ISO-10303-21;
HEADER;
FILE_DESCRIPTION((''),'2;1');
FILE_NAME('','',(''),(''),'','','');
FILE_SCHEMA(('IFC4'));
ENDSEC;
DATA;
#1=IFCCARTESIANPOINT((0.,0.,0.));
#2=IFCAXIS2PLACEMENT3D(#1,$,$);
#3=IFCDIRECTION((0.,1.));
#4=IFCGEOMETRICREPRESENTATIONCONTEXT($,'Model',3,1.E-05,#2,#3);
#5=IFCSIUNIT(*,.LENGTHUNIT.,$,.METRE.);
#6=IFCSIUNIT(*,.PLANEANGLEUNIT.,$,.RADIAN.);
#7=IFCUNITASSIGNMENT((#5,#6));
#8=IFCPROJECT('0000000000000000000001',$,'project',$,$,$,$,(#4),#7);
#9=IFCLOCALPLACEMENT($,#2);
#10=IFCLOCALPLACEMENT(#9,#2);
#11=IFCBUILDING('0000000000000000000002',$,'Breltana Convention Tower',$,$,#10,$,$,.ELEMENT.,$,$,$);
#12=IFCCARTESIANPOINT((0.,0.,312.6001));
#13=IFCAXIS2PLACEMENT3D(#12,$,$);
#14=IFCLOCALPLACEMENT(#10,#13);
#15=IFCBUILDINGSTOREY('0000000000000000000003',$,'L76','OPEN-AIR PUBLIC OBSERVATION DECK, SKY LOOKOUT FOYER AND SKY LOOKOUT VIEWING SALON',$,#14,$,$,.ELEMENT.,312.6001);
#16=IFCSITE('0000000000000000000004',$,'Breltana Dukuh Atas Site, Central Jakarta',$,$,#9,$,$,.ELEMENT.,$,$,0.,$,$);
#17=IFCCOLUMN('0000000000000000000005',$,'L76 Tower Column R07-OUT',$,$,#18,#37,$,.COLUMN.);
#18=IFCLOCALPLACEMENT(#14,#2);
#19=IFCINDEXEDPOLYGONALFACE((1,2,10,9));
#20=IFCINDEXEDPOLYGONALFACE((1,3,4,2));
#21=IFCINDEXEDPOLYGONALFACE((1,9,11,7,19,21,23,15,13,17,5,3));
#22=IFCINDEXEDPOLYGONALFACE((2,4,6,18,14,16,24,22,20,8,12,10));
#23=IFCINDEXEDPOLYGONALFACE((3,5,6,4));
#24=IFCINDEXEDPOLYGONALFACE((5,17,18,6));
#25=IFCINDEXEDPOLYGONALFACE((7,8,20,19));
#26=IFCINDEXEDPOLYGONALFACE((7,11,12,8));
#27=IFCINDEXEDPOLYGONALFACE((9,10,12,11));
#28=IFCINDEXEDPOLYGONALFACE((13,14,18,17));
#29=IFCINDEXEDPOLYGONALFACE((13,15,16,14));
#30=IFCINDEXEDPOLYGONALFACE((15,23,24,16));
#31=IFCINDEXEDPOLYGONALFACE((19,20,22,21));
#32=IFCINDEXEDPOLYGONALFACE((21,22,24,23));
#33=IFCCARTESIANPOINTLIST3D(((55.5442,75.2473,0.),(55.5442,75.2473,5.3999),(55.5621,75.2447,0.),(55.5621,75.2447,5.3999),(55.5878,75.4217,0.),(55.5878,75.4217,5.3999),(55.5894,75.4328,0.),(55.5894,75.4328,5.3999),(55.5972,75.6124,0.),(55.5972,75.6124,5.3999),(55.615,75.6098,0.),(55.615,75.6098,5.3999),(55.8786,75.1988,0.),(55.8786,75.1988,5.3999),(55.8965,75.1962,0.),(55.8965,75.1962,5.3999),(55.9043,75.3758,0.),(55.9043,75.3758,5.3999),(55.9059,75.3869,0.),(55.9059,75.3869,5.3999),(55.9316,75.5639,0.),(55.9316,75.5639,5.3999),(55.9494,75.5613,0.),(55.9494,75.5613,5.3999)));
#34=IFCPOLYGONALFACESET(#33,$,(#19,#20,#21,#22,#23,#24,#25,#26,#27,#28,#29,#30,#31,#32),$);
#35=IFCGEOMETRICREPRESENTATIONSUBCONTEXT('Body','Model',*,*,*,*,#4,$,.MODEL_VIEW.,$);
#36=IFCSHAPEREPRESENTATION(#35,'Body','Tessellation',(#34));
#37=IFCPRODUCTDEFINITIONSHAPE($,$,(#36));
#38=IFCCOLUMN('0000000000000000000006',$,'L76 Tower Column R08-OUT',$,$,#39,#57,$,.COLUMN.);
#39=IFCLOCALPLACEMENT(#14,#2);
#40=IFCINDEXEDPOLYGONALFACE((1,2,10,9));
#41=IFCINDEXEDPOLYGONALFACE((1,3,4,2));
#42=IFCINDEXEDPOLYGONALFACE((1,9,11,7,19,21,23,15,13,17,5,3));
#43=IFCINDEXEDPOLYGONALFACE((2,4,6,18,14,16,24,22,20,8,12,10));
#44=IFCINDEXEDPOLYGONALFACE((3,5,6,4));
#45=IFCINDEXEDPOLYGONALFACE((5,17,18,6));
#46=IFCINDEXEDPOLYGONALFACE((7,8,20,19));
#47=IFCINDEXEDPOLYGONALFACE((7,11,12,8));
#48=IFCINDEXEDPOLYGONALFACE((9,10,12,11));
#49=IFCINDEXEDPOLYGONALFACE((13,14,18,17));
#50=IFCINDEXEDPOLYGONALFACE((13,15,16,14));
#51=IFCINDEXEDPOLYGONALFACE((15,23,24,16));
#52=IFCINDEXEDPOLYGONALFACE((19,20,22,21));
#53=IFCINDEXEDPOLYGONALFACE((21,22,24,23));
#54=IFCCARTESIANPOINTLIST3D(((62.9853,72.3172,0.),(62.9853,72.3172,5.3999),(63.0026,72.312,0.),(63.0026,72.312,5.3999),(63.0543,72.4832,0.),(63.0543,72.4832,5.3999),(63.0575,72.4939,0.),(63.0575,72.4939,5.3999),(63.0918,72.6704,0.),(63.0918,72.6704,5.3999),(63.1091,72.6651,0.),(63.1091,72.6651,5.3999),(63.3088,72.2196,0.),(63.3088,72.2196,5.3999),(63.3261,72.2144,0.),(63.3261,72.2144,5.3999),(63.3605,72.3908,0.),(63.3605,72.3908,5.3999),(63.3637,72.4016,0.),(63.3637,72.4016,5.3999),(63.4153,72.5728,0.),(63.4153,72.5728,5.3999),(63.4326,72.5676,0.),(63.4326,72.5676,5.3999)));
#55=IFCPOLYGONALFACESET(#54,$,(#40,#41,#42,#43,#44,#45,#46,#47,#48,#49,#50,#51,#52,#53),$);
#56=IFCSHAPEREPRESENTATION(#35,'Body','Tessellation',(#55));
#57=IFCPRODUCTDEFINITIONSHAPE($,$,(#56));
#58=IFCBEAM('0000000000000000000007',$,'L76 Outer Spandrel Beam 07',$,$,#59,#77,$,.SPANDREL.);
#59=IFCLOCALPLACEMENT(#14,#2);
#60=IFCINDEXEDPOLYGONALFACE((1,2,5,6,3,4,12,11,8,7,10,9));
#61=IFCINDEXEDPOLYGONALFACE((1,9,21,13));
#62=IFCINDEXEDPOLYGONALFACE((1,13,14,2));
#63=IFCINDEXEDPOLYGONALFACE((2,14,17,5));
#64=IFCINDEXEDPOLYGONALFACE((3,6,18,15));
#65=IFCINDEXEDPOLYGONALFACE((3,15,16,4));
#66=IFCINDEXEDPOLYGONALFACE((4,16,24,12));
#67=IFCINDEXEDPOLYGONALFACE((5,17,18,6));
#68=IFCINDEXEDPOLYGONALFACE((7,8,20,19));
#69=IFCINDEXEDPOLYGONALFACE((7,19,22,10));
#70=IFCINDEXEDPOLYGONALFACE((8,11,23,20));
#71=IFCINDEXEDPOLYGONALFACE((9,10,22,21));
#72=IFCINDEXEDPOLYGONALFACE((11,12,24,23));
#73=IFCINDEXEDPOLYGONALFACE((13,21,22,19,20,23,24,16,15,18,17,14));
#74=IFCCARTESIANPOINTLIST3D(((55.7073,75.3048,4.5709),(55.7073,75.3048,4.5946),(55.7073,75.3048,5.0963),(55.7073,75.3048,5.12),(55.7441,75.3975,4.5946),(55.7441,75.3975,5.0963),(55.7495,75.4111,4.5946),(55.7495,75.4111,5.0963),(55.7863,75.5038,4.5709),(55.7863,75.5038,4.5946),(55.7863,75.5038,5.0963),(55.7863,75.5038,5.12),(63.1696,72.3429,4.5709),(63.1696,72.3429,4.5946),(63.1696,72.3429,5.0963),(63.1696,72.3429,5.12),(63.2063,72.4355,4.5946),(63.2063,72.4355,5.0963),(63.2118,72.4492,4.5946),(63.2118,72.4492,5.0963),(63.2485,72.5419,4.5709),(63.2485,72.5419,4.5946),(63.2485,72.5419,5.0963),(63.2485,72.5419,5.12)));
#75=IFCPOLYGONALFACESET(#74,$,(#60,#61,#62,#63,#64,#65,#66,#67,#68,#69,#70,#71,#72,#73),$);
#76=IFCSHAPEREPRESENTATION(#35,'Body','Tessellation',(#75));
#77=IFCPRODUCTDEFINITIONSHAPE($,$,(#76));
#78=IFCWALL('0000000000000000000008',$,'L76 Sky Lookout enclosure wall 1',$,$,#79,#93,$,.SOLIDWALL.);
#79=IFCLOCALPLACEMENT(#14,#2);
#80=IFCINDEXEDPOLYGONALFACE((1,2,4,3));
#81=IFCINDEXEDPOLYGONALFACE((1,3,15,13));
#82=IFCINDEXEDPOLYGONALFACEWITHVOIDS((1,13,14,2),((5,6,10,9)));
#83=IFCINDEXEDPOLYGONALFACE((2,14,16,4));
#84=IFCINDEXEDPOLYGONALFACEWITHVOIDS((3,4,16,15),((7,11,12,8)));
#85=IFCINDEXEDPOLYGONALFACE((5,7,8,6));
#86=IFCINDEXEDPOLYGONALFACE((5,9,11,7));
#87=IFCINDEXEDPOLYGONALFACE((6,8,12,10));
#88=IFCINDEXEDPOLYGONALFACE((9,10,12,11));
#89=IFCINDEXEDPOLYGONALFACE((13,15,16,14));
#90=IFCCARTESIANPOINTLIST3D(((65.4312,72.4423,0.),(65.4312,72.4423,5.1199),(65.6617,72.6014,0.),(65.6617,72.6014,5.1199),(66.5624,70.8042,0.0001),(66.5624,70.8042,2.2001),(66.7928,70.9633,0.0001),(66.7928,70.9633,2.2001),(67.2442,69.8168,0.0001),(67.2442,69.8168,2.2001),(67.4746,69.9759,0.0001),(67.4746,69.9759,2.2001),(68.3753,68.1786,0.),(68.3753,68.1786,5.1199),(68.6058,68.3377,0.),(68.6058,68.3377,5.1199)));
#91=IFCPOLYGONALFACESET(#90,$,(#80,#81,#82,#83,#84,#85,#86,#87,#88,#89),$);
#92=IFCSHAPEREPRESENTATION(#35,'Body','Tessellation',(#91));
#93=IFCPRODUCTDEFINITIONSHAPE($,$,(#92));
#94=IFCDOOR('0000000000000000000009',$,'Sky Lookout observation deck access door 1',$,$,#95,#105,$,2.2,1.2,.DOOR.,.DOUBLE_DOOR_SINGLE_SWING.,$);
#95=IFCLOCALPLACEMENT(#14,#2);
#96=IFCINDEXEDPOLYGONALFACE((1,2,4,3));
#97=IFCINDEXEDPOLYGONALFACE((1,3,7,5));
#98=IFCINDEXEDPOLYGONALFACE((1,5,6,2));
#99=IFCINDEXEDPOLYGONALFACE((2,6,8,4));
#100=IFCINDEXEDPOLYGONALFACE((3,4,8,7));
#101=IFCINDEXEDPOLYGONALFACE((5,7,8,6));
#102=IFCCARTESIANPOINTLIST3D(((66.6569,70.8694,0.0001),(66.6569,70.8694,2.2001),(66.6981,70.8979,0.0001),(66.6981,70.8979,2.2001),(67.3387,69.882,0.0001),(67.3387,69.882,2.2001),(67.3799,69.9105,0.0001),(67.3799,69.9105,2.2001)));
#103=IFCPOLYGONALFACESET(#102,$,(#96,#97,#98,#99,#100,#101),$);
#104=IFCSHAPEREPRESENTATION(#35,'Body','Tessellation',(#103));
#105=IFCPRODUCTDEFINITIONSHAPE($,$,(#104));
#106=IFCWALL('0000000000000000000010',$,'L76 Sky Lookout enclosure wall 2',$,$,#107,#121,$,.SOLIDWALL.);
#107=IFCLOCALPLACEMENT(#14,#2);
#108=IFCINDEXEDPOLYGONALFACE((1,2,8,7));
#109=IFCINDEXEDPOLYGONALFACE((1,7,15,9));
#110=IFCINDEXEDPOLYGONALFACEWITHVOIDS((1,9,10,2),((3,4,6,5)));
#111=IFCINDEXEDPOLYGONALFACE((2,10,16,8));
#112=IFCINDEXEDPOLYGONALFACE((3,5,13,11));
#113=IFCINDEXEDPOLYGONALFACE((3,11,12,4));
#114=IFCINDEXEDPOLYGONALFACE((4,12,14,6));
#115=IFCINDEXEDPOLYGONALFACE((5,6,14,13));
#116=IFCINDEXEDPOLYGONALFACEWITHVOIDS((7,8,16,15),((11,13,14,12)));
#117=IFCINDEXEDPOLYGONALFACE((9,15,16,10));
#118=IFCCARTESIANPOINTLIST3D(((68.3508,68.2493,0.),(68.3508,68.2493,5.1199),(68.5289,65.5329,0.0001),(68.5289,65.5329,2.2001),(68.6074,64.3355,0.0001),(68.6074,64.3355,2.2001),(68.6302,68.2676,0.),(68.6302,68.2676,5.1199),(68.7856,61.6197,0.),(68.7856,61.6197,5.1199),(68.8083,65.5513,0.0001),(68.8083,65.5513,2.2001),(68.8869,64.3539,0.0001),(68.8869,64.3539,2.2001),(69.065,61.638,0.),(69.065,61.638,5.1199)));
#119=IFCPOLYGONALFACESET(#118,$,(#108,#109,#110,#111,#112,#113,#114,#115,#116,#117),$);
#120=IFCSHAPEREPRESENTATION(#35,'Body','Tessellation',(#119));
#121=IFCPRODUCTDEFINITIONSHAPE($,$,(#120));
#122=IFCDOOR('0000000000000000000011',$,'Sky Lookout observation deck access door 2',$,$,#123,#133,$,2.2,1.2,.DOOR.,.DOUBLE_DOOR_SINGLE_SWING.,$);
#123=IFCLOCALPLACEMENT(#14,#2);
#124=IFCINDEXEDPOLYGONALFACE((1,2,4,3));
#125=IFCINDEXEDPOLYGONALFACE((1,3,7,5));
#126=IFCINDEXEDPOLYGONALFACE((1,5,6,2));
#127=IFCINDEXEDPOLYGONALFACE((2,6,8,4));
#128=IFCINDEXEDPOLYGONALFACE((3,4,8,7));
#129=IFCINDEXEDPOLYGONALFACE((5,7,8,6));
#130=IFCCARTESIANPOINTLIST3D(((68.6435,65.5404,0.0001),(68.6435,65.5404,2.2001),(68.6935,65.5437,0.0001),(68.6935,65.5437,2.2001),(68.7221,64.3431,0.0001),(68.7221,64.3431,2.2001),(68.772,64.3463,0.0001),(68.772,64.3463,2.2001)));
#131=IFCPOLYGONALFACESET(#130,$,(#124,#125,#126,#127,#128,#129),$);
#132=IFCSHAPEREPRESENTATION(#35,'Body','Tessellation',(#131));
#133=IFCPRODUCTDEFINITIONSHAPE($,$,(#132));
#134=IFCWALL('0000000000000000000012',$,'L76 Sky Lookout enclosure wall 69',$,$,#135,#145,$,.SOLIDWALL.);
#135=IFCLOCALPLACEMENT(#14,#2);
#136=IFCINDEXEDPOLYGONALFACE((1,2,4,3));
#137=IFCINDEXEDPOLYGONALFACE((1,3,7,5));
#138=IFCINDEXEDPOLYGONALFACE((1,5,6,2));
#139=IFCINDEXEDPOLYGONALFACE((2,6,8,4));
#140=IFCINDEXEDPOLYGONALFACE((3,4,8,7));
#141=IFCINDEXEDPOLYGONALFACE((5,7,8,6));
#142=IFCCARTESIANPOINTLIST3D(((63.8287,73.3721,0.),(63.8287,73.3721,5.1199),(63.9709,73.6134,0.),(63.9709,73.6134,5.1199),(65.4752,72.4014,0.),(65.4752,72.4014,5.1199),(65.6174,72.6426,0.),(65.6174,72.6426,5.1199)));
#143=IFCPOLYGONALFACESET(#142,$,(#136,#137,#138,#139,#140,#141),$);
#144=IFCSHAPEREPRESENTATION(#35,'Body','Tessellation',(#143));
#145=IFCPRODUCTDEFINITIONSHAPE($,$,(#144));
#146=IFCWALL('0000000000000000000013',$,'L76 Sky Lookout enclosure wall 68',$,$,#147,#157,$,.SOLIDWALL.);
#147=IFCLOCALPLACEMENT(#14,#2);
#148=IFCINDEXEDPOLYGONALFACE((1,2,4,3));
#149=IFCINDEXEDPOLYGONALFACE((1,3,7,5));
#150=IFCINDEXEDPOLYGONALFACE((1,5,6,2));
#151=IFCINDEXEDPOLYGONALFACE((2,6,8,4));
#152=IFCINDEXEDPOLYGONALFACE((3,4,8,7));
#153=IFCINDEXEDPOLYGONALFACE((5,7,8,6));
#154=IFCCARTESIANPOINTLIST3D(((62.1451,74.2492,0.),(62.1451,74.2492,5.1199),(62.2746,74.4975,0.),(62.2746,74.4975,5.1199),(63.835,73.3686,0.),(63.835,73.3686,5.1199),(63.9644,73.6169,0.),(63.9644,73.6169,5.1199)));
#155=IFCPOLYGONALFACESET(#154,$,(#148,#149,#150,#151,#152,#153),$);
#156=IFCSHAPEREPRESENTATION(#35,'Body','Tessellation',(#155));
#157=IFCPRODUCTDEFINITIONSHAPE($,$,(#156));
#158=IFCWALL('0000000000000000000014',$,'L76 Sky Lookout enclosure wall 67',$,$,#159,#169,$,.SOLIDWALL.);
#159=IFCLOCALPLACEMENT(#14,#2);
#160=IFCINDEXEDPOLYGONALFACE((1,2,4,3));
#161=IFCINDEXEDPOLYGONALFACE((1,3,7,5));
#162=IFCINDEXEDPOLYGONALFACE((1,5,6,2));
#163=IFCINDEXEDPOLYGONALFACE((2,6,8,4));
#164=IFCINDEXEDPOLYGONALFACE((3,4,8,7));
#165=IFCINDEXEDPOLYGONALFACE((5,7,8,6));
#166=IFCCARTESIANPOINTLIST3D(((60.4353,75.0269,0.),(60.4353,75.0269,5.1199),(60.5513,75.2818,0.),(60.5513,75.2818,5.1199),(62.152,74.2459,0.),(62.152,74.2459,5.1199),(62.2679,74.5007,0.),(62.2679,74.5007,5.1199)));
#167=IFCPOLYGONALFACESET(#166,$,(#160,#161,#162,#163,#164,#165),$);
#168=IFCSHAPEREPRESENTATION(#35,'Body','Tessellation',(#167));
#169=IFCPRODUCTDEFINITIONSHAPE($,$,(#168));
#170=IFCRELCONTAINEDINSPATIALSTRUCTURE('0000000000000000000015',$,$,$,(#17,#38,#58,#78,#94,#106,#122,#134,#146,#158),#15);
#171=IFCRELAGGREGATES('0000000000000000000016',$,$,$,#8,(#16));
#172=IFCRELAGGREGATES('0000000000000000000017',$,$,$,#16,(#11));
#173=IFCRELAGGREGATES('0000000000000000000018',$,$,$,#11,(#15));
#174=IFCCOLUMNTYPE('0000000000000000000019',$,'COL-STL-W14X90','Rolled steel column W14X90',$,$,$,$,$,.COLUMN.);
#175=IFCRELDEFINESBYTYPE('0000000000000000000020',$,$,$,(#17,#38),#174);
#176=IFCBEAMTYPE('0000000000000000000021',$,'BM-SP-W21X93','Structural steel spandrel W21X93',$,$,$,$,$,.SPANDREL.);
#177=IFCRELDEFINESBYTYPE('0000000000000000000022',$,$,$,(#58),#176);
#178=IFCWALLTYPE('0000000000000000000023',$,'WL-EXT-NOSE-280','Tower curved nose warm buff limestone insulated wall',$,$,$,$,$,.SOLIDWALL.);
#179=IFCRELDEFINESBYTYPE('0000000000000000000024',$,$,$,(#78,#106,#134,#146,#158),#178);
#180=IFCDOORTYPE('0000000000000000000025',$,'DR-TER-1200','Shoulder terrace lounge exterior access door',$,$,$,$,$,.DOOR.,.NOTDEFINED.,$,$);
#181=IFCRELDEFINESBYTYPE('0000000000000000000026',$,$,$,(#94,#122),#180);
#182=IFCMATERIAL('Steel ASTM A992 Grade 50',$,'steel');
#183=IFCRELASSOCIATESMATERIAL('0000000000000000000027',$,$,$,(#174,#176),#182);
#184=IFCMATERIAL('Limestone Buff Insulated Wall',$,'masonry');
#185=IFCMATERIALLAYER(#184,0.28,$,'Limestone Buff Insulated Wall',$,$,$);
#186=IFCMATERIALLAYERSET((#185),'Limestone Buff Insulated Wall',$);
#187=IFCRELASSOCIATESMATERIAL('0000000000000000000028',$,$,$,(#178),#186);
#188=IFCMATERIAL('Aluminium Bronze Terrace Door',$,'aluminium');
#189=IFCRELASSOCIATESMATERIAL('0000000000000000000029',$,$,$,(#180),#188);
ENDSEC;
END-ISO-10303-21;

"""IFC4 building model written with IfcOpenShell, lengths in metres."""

from ifc_helpers import new_model, si_unit, direction, frame, frame_2d, origin, origin_2d, place, context, subcontext, project, spatial, rectangle, i_section, extrude, source, transform, mapped, material, layer, layer_set, material_profile, profile_set, type_object, type_shapes, element, fill, save


model = new_model("IFC4")

# Units and contexts
model_context = context("Model", 3, precision=1e-05, world=origin(), true_north=direction((0.0, 1.0)))
body_context = subcontext(model_context, "Body", "Model", "MODEL_VIEW")
ifc_project = project(units=[si_unit("LENGTHUNIT", "METRE"), si_unit("PLANEANGLEUNIT", "RADIAN")], contexts=[model_context])

# Site, building, storey
site_placement = place(None, origin())
site = spatial("IfcSite", under=ifc_project, at=site_placement, Name="Breltana Dukuh Atas Site, Central Jakarta", CompositionType="ELEMENT", RefElevation=0.0)
building_placement = place(site_placement, origin())
building = spatial("IfcBuilding", under=site, at=building_placement, Name="Breltana Convention Tower", CompositionType="ELEMENT")
storey_placement = place(building_placement, frame((0.0, 0.0, 312.6001)))
storey = spatial("IfcBuildingStorey", under=building, at=storey_placement, Name="L76", Description="OPEN-AIR PUBLIC OBSERVATION DECK, SKY LOOKOUT FOYER AND SKY LOOKOUT VIEWING SALON", CompositionType="ELEMENT", Elevation=312.6001)

# Columns
ifc_material_1 = material(Name="Steel ASTM A992 Grade 50", Category="steel")
ifc_material_profile_1 = material_profile(ifc_material_1, i_section(OverallWidth=0.3689, OverallDepth=0.356, WebThickness=0.0112, FlangeThickness=0.0181, at=origin_2d()), Name="W14X90")
ifc_profile_set_1 = profile_set([ifc_material_profile_1], Name="Steel ASTM A992 Grade 50")
column_type = type_object("IfcColumnType", Name="COL-STL-W14X90", Description="Rolled steel column W14X90", PredefinedType="COLUMN", material=ifc_profile_set_1)
shared_shape_1 = source(origin(), body_context, "Body", "SweptSolid", [
    extrude(i_section(OverallWidth=0.3689, OverallDepth=0.356, WebThickness=0.0112, FlangeThickness=0.0181, at=origin_2d()), origin(), (0.0, 0.0, 1.0), 5.3999),
])
for number, where, z_axis, x_axis, name in (
    (1, (55.7468, 75.4043, 0.0), (0.0, 0.0, 1.0), (0.143493, 0.989651, 0.0), "L76 Tower Column R07-OUT"),
    (2, (63.209, 72.4424, 0.0), (0.0, 0.0, 1.0), (0.288698, 0.95742, 0.0), "L76 Tower Column R08-OUT"),
):
    element("IfcColumn", number, at=place(storey_placement, frame(where, z_axis=z_axis, x_axis=x_axis)), inside=storey, type_object=column_type, Name=name, PredefinedType="COLUMN", context=body_context, shape_type="MappedRepresentation", body=[
        mapped(shared_shape_1, transform((0.0, 0.0, 0.0), scale=1.0)),
    ])

# Beam
ifc_material_profile_2 = material_profile(ifc_material_1, i_section(OverallWidth=0.2141, OverallDepth=0.5491, WebThickness=0.0146, FlangeThickness=0.0237, at=origin_2d()), Name="W21X93")
ifc_profile_set_2 = profile_set([ifc_material_profile_2], Name="Steel ASTM A992 Grade 50")
beam_type = type_object("IfcBeamType", Name="BM-SP-W21X93", Description="Structural steel spandrel W21X93", PredefinedType="SPANDREL", material=ifc_profile_set_2)
shared_shape_2 = source(origin(), body_context, "Body", "SweptSolid", [
    extrude(i_section(OverallWidth=0.2141, OverallDepth=0.5491, WebThickness=0.0146, FlangeThickness=0.0237, at=origin_2d()), origin(), (0.0, 0.0, 1.0), 8.0286),
])
beam_placement = place(storey_placement, frame((55.7468, 75.4043, 4.8455), z_axis=(0.929459, -0.368925, 0.0), x_axis=(0.368925, 0.929459, 0.0)))
element("IfcBeam", 3, at=beam_placement, inside=storey, type_object=beam_type, Name="L76 Outer Spandrel Beam 07", PredefinedType="SPANDREL", context=body_context, shape_type="MappedRepresentation", body=[
    mapped(shared_shape_2, transform((0.0, 0.0, 0.0), scale=1.0)),
])

# Walls, openings, doors
ifc_material_2 = material(Name="Limestone Buff Insulated Wall", Category="masonry")
ifc_layer_1 = layer(ifc_material_2, 0.28, Name="Limestone Buff Insulated Wall")
ifc_layer_set_1 = layer_set([ifc_layer_1], Name="Limestone Buff Insulated Wall")
wall_type_1 = type_object("IfcWallType", Name="WL-EXT-NOSE-280", Description="Tower curved nose warm buff limestone insulated wall", PredefinedType="SOLIDWALL", material=ifc_layer_set_1)
shared_shape_3 = source(origin(), body_context, "Body", "SweptSolid", [
    extrude(rectangle(XDim=5.1814, YDim=0.28, at=frame_2d((2.5908, 0.0))), origin(), (0.0, 0.0, 1.0), 5.1199),
])
wall_1_placement = place(storey_placement, frame((65.5464, 72.522, 0.0), z_axis=(0.0, 0.0, 1.0), x_axis=(0.568207, -0.822885, 0.0)))
wall_1 = element("IfcWall", 4, at=wall_1_placement, inside=storey, type_object=wall_type_1, Name="L76 Sky Lookout enclosure wall 1", PredefinedType="SOLIDWALL", context=body_context, shape_type="MappedRepresentation", body=[
    mapped(shared_shape_3, transform((0.0, 0.0, 0.0), scale=1.0)),
])
opening_1_placement = place(wall_1_placement, frame((1.9907, 0.0, 0.0)))
opening_1 = element("IfcOpeningElement", 5, at=opening_1_placement, cuts=wall_1, PredefinedType="OPENING", context=body_context, shape_type="SweptSolid", body=[
    extrude(rectangle(XDim=1.2, YDim=2.2, at=frame_2d((0.6001, 1.1001))), frame((0.0, 0.1499, 0.0), z_axis=(0.0, -1.0, 0.0), x_axis=(1.0, 0.0, 0.0)), (0.0, 0.0, 1.0), 0.3),
])
ifc_material_3 = material(Name="Aluminium Bronze Terrace Door", Category="aluminium")
door_type = type_object("IfcDoorType", Name="DR-TER-1200", Description="Shoulder terrace lounge exterior access door", OperationType="NOTDEFINED", PredefinedType="DOOR", material=ifc_material_3)
shared_shape_4 = source(origin(), body_context, "Body", "SweptSolid", [
    extrude(rectangle(XDim=1.2, YDim=2.2, at=frame_2d((0.6001, 1.1001))), frame((0.0, 0.0249, 0.0), z_axis=(0.0, -1.0, 0.0), x_axis=(1.0, 0.0, 0.0)), (0.0, 0.0, 1.0), 0.05),
])
type_shapes(door_type, [shared_shape_4])
door_1_placement = place(opening_1_placement, origin())
door_1 = element("IfcDoor", 6, at=door_1_placement, inside=storey, type_object=door_type, Name="Sky Lookout observation deck access door 1", OperationType="DOUBLE_DOOR_SINGLE_SWING", OverallHeight=2.2, OverallWidth=1.2, PredefinedType="DOOR", context=body_context, shape_type="MappedRepresentation", body=[
    mapped(shared_shape_4, transform((0.0, 0.0, 0.0), scale=1.0)),
])
fill(opening_1, door_1)
shared_shape_5 = source(origin(), body_context, "Body", "SweptSolid", [
    extrude(rectangle(XDim=6.6438, YDim=0.28, at=frame_2d((3.3218, 0.0))), origin(), (0.0, 0.0, 1.0), 5.1199),
])
wall_2_placement = place(storey_placement, frame((68.4905, 68.2583, 0.0), z_axis=(0.0, 0.0, 1.0), x_axis=(0.065446, -0.997856, 0.0)))
wall_2 = element("IfcWall", 7, at=wall_2_placement, inside=storey, type_object=wall_type_1, Name="L76 Sky Lookout enclosure wall 2", PredefinedType="SOLIDWALL", context=body_context, shape_type="MappedRepresentation", body=[
    mapped(shared_shape_5, transform((0.0, 0.0, 0.0), scale=1.0)),
])
opening_2_placement = place(wall_2_placement, frame((2.7219, 0.0, 0.0)))
opening_2 = element("IfcOpeningElement", 8, at=opening_2_placement, cuts=wall_2, PredefinedType="OPENING", context=body_context, shape_type="SweptSolid", body=[
    extrude(rectangle(XDim=1.2, YDim=2.2, at=frame_2d((0.6001, 1.1001))), frame((0.0, 0.1499, 0.0), z_axis=(0.0, -1.0, 0.0), x_axis=(1.0, 0.0, 0.0)), (0.0, 0.0, 1.0), 0.3),
])
door_2_placement = place(opening_2_placement, origin())
door_2 = element("IfcDoor", 9, at=door_2_placement, inside=storey, type_object=door_type, Name="Sky Lookout observation deck access door 2", OperationType="DOUBLE_DOOR_SINGLE_SWING", OverallHeight=2.2, OverallWidth=1.2, PredefinedType="DOOR", context=body_context, shape_type="MappedRepresentation", body=[
    mapped(shared_shape_4, transform((0.0, 0.0, 0.0), scale=1.0)),
])
fill(opening_2, door_2)

# Walls
shared_shape_6 = source(origin(), body_context, "Body", "SweptSolid", [
    extrude(rectangle(XDim=1.9114, YDim=0.28, at=frame_2d((0.9556, 0.0))), origin(), (0.0, 0.0, 1.0), 5.1199),
])
wall_3_placement = place(storey_placement, frame((63.8999, 73.4927, 0.0), z_axis=(0.0, 0.0, 1.0), x_axis=(0.861435, -0.507868, 0.0)))
element("IfcWall", 10, at=wall_3_placement, inside=storey, type_object=wall_type_1, Name="L76 Sky Lookout enclosure wall 69", PredefinedType="SOLIDWALL", context=body_context, shape_type="MappedRepresentation", body=[
    mapped(shared_shape_6, transform((0.0, 0.0, 0.0), scale=1.0)),
])
shared_shape_7 = source(origin(), body_context, "Body", "SweptSolid", [
    extrude(rectangle(XDim=1.9055, YDim=0.28, at=frame_2d((0.9526, 0.0))), origin(), (0.0, 0.0, 1.0), 5.1199),
])
wall_4_placement = place(storey_placement, frame((62.21, 74.3733, 0.0), z_axis=(0.0, 0.0, 1.0), x_axis=(0.88682, -0.462115, 0.0)))
element("IfcWall", 11, at=wall_4_placement, inside=storey, type_object=wall_type_1, Name="L76 Sky Lookout enclosure wall 68", PredefinedType="SOLIDWALL", context=body_context, shape_type="MappedRepresentation", body=[
    mapped(shared_shape_7, transform((0.0, 0.0, 0.0), scale=1.0)),
])
shared_shape_8 = source(origin(), body_context, "Body", "SweptSolid", [
    extrude(rectangle(XDim=1.886, YDim=0.28, at=frame_2d((0.9429, 0.0))), origin(), (0.0, 0.0, 1.0), 5.1199),
])
wall_5_placement = place(storey_placement, frame((60.4934, 75.1543, 0.0), z_axis=(0.0, 0.0, 1.0), x_axis=(0.910216, -0.414135, 0.0)))
element("IfcWall", 12, at=wall_5_placement, inside=storey, type_object=wall_type_1, Name="L76 Sky Lookout enclosure wall 67", PredefinedType="SOLIDWALL", context=body_context, shape_type="MappedRepresentation", body=[
    mapped(shared_shape_8, transform((0.0, 0.0, 0.0), scale=1.0)),
])

save(model, "model.ifc")
